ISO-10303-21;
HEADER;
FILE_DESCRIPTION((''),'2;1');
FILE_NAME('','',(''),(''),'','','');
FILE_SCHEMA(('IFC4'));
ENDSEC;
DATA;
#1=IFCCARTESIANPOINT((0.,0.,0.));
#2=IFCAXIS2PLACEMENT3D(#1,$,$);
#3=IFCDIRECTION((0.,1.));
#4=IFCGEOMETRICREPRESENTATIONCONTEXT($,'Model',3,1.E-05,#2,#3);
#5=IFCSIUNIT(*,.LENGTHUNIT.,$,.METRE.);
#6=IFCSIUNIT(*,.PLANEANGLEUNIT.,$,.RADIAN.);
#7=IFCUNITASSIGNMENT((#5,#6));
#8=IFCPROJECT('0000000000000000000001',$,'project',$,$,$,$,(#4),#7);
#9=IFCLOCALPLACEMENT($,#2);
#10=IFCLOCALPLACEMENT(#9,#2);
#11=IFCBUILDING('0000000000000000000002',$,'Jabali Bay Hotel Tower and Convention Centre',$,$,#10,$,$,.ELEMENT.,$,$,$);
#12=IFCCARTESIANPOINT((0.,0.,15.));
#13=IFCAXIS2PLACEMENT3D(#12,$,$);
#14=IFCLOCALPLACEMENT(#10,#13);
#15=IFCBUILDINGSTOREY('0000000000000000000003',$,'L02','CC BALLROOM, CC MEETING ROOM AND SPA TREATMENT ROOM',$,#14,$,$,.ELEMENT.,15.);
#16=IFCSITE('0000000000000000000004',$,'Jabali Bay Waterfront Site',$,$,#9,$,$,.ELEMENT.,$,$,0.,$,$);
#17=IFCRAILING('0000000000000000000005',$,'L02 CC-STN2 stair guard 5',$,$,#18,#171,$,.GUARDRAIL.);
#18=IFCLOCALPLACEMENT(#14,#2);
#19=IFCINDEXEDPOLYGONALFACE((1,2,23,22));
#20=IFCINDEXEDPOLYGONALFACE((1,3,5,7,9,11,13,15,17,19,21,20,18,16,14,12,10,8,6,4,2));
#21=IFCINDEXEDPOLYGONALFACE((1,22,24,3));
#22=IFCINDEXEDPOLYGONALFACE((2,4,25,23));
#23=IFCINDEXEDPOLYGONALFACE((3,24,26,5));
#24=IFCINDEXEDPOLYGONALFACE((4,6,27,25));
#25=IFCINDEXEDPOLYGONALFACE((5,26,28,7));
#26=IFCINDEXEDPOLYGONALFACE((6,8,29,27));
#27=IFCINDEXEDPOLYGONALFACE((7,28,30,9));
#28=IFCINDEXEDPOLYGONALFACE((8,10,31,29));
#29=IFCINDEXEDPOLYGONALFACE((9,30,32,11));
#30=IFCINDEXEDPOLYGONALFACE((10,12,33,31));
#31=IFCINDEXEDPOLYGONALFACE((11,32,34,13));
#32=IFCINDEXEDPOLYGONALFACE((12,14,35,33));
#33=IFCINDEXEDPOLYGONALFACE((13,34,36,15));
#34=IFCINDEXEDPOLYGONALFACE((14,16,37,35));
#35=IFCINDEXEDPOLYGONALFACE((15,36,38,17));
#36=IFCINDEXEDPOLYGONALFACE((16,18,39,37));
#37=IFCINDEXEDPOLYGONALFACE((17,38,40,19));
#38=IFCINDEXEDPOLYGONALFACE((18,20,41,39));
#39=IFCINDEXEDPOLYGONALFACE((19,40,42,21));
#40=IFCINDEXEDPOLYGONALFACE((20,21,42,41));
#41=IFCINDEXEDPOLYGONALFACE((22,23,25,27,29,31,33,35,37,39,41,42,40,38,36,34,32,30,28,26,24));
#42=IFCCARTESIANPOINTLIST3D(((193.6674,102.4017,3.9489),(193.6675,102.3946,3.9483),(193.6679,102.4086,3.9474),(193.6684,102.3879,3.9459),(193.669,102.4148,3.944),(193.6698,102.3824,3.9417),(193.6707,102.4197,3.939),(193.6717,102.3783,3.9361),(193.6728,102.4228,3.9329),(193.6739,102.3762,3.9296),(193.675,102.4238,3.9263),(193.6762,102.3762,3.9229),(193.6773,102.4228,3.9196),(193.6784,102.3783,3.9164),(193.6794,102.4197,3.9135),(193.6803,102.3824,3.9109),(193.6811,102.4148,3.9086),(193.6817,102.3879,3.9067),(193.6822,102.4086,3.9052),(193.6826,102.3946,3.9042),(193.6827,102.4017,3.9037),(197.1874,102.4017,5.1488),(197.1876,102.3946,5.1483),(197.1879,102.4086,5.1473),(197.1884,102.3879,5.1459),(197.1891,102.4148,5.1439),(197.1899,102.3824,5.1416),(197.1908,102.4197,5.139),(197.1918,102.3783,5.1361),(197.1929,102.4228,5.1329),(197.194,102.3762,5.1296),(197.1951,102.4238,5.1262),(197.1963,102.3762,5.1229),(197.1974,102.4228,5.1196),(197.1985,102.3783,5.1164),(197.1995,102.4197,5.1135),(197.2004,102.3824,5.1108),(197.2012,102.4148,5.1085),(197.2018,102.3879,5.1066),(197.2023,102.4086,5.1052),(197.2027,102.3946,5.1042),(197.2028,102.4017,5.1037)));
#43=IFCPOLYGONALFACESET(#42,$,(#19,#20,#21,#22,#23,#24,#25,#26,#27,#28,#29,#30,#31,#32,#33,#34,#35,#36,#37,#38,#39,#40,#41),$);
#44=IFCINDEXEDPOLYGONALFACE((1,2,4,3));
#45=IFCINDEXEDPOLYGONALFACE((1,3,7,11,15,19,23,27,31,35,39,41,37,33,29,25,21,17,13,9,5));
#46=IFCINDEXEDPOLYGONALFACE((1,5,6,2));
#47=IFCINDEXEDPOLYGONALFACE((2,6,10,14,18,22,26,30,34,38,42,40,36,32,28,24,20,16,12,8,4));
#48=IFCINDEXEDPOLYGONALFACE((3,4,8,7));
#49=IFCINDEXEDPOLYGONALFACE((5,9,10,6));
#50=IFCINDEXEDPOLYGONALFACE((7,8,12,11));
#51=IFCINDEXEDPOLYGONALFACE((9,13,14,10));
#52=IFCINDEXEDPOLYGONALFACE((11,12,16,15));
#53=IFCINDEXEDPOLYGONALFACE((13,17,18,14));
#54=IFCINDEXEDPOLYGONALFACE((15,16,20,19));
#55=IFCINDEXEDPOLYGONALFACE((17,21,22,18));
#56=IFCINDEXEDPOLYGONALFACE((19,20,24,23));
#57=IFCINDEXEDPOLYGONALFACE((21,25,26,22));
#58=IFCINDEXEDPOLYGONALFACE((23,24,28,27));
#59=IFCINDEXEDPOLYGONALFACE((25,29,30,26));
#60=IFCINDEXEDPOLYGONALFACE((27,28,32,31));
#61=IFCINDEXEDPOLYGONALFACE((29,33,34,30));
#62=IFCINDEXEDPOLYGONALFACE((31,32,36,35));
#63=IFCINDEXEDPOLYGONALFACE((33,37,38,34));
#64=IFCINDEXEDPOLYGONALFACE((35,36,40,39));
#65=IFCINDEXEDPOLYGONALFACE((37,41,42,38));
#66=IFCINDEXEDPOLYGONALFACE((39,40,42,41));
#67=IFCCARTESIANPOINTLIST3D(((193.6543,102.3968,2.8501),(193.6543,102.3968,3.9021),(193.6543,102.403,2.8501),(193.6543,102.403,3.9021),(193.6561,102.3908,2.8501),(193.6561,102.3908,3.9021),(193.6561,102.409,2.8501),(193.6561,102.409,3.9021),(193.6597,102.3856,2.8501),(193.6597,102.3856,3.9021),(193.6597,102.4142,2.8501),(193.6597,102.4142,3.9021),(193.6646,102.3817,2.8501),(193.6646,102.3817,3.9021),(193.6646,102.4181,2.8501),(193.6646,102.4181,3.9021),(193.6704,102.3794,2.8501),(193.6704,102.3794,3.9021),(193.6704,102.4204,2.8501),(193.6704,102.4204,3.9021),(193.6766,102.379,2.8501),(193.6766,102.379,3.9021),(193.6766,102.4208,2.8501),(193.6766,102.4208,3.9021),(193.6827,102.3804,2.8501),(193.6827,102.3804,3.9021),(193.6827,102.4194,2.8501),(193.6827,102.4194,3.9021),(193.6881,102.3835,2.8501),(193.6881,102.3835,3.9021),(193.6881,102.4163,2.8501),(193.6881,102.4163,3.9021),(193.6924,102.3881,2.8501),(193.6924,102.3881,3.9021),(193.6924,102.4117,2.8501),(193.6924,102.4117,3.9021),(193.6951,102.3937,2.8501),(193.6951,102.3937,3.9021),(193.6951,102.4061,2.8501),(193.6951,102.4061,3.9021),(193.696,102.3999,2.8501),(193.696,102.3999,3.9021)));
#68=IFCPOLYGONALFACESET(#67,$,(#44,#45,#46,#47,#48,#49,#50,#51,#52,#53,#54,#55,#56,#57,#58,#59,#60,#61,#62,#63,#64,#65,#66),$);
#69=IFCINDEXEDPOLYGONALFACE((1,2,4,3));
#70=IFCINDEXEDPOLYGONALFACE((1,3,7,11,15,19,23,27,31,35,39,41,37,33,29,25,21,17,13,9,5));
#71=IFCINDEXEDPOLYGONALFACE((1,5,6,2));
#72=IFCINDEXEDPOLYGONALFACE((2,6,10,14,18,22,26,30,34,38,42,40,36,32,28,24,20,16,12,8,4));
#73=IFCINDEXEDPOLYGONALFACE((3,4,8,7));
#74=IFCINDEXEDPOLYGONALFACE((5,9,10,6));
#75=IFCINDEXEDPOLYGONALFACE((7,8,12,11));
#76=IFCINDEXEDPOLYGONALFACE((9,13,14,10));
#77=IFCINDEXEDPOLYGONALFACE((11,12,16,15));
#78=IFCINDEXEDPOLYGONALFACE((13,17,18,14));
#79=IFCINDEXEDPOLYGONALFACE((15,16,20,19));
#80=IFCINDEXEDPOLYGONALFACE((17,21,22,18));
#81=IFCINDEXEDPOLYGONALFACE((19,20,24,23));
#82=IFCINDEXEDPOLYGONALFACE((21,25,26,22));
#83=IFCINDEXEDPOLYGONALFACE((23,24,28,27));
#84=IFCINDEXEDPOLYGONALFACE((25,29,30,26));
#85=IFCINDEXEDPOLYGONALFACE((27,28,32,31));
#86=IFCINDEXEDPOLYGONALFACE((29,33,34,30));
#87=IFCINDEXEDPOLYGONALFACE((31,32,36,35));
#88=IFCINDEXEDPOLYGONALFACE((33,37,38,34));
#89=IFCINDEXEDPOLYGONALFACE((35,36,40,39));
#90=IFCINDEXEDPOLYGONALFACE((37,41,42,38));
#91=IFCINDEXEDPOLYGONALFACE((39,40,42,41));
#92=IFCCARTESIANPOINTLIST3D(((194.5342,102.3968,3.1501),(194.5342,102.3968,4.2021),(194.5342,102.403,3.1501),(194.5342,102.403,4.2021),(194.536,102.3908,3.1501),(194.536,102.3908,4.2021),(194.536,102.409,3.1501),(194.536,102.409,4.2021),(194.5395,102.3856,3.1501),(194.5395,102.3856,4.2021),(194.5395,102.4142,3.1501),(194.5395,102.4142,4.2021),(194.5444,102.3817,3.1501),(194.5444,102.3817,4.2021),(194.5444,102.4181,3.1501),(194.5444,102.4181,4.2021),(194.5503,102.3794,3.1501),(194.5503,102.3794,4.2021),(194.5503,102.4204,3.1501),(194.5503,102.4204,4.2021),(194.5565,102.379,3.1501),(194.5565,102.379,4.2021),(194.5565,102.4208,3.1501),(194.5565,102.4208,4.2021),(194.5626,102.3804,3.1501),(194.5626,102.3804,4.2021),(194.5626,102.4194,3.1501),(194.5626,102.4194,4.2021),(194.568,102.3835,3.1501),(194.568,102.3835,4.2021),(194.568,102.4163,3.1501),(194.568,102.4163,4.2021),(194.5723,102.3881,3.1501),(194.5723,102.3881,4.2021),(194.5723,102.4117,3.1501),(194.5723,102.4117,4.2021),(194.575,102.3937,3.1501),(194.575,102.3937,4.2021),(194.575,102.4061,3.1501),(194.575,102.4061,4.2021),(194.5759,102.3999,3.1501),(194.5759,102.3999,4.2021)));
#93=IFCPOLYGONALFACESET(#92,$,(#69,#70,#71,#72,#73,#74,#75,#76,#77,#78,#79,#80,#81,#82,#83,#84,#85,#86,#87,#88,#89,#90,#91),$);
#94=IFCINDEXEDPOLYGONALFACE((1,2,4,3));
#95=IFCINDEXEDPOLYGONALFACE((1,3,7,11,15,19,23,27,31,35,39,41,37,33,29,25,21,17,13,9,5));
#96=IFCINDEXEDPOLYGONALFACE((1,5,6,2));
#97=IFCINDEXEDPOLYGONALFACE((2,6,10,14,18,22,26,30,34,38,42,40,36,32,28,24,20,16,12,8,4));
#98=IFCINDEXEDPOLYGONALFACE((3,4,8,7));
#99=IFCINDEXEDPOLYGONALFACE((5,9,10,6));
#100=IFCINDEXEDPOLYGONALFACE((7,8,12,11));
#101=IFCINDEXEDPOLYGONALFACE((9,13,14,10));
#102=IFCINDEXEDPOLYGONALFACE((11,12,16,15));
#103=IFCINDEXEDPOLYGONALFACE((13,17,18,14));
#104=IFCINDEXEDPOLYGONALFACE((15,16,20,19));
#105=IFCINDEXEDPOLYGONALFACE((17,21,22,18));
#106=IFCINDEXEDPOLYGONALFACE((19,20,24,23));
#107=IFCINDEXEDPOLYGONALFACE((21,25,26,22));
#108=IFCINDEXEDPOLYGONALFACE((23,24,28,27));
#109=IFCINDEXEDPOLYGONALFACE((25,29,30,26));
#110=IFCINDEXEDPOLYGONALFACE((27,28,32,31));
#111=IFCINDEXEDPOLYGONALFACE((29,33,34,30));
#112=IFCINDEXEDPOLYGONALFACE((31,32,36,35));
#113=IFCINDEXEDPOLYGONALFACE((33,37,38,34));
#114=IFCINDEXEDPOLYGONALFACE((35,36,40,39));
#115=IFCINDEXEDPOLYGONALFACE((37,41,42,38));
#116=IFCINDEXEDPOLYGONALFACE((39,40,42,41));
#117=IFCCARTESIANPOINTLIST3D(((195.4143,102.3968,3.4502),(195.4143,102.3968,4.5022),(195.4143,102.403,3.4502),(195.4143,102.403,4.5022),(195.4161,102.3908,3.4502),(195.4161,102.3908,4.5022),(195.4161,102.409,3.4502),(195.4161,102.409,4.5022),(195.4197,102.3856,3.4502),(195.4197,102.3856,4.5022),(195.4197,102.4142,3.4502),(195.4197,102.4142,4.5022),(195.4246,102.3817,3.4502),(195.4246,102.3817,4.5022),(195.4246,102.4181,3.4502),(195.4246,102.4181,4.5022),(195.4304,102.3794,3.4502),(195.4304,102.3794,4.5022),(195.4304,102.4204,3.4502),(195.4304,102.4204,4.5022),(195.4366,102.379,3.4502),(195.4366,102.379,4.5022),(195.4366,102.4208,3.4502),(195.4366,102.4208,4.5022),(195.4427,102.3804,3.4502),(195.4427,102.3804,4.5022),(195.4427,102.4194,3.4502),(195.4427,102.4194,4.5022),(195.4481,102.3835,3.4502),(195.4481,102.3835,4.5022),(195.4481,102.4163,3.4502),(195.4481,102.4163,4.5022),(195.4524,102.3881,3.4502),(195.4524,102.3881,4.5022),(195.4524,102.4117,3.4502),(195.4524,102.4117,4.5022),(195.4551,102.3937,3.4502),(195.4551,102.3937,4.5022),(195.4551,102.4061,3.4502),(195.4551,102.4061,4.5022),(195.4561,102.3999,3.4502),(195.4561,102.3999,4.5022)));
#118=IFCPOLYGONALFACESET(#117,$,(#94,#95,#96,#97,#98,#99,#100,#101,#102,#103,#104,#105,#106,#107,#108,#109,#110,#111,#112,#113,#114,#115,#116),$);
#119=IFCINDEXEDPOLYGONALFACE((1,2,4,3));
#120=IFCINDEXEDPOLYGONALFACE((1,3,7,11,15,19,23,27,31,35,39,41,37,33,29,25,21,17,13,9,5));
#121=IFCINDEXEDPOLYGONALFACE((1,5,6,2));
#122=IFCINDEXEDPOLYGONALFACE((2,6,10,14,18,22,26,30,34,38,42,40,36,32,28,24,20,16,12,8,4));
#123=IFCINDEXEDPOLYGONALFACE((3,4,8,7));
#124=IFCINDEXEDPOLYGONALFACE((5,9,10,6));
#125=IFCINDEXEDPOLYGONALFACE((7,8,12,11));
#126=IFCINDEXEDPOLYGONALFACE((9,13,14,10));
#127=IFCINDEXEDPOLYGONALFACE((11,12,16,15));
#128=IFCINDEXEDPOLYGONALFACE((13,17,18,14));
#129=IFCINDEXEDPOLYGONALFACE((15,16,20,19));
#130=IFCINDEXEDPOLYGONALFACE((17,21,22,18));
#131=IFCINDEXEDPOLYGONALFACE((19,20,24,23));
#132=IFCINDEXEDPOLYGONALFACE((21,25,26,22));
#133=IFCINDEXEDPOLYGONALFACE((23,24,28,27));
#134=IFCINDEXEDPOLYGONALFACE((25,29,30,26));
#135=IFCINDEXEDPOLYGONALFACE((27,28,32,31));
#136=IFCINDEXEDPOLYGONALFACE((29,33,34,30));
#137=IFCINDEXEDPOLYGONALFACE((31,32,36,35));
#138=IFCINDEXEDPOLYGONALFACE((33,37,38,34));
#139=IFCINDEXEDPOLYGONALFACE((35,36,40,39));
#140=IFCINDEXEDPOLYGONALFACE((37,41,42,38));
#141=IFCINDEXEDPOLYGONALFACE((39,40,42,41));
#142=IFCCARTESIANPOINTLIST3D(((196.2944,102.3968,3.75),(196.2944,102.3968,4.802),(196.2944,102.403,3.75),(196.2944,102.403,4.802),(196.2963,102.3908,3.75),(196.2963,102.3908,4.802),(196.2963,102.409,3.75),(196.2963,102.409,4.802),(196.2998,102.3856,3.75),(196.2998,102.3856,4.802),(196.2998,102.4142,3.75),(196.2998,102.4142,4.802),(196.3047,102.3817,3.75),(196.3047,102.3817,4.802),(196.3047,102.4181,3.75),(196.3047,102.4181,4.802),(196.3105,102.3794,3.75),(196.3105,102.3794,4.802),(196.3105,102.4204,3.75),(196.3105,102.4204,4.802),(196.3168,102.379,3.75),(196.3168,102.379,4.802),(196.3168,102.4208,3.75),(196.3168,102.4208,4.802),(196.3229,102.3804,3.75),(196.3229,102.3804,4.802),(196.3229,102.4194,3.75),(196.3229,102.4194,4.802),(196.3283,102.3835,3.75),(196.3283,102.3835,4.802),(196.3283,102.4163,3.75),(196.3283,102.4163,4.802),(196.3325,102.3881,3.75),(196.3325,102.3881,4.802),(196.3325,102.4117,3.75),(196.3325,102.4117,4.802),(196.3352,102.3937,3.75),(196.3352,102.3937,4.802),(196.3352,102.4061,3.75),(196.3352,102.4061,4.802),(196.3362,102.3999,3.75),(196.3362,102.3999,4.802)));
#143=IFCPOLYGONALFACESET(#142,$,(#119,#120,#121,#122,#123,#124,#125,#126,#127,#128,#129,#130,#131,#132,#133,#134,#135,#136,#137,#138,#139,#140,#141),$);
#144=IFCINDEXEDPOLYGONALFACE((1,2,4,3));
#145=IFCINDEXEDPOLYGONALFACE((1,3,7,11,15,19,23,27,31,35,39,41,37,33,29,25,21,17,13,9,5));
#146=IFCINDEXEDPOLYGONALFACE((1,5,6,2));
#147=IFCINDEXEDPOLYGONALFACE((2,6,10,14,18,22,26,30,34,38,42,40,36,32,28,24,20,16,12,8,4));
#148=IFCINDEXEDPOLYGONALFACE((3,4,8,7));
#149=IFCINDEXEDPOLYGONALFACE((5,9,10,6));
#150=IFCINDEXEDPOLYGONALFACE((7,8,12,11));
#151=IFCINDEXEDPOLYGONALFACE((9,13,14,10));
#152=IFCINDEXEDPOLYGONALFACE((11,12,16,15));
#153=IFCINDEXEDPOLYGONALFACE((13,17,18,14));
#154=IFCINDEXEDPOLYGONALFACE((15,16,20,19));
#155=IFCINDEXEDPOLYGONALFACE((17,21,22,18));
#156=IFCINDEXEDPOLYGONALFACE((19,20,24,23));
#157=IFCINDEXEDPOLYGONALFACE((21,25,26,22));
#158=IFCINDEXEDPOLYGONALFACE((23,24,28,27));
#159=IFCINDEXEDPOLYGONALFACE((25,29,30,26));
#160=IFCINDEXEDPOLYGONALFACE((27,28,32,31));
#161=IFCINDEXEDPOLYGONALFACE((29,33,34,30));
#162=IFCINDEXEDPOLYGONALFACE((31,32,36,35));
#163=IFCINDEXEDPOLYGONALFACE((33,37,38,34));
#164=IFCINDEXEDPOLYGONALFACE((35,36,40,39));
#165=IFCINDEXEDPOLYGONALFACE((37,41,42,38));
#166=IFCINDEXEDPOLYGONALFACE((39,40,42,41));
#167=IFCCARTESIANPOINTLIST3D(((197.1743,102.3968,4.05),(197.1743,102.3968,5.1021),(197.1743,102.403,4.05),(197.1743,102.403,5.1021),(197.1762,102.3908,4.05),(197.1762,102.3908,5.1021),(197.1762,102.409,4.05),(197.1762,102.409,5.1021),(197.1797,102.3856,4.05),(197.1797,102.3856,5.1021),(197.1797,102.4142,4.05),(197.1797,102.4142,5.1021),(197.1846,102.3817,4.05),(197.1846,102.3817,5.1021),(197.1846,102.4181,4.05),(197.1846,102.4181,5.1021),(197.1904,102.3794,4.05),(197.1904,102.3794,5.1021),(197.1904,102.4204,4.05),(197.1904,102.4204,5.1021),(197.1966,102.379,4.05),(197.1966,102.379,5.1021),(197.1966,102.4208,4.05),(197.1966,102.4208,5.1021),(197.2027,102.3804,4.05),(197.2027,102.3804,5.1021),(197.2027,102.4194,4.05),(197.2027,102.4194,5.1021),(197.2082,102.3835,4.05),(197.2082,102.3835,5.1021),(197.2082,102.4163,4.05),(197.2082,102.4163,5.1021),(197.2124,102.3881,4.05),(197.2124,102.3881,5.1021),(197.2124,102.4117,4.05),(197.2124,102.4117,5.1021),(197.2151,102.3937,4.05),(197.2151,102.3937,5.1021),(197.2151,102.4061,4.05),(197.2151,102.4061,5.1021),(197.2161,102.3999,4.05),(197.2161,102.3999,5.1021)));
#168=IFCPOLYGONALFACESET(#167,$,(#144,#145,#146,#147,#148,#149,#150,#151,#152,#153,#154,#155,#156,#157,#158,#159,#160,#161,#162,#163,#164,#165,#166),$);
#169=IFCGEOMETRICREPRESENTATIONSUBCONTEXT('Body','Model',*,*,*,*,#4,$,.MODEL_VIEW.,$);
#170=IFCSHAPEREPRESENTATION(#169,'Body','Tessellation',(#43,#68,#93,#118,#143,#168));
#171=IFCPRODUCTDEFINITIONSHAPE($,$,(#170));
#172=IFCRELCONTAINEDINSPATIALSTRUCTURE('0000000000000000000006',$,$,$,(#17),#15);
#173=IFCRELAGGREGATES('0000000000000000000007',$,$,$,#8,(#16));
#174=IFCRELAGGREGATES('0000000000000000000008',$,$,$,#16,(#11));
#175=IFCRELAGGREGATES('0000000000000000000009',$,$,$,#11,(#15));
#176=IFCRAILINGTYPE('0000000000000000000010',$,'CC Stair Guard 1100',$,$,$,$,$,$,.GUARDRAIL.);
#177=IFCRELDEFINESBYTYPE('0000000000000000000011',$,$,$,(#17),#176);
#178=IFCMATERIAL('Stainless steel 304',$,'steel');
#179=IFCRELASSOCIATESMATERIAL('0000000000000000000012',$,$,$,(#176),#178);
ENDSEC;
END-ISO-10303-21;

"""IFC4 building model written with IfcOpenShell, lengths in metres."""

from ifc_helpers import new_model, si_unit, direction, frame, origin, origin_2d, place, context, subcontext, project, spatial, circle, extrude, material, type_object, element, save


model = new_model("IFC4")

# Units and contexts
model_context = context("Model", 3, precision=1e-05, world=origin(), true_north=direction((0.0, 1.0)))
body_context = subcontext(model_context, "Body", "Model", "MODEL_VIEW")
ifc_project = project(units=[si_unit("LENGTHUNIT", "METRE"), si_unit("PLANEANGLEUNIT", "RADIAN")], contexts=[model_context])

# Site, building, storey
site_placement = place(None, origin())
site = spatial("IfcSite", under=ifc_project, at=site_placement, Name="Jabali Bay Waterfront Site", CompositionType="ELEMENT", RefElevation=0.0)
building_placement = place(site_placement, origin())
building = spatial("IfcBuilding", under=site, at=building_placement, Name="Jabali Bay Hotel Tower and Convention Centre", CompositionType="ELEMENT")
storey_placement = place(building_placement, frame((0.0, 0.0, 15.0)))
storey = spatial("IfcBuildingStorey", under=building, at=storey_placement, Name="L02", Description="CC BALLROOM, CC MEETING ROOM AND SPA TREATMENT ROOM", CompositionType="ELEMENT", Elevation=15.0)

# Railing
ifc_material_1 = material(Name="Stainless steel 304", Category="steel")
railing_type_1 = type_object("IfcRailingType", Name="CC Stair Guard 1100", PredefinedType="GUARDRAIL", material=ifc_material_1)
railing_1_placement = place(storey_placement, frame((193.675, 102.3999, 2.8501)))
element("IfcRailing", 1, at=railing_1_placement, inside=storey, type_object=railing_type_1, Name="L02 CC-STN2 stair guard 5", PredefinedType="GUARDRAIL", context=body_context, shape_type="SweptSolid", body=[
    extrude(circle(Radius=0.0239, at=origin_2d()), frame((0.0, 0.0, 1.0762), z_axis=(0.946515, 0.0, 0.322661), x_axis=(0.0, 1.0, 0.0)), (0.0, 0.0, 1.0), 3.719),
    extrude(circle(Radius=0.021, at=origin_2d()), origin(), (0.0, 0.0, 1.0), 1.052),
    extrude(circle(Radius=0.021, at=origin_2d()), frame((0.8799, 0.0, 0.3)), (0.0, 0.0, 1.0), 1.052),
    extrude(circle(Radius=0.021, at=origin_2d()), frame((1.76, 0.0, 0.6001)), (0.0, 0.0, 1.0), 1.052),
    extrude(circle(Radius=0.021, at=origin_2d()), frame((2.6401, 0.0, 0.8999)), (0.0, 0.0, 1.0), 1.052),
    extrude(circle(Radius=0.021, at=origin_2d()), frame((3.52, 0.0, 1.2)), (0.0, 0.0, 1.0), 1.052),
])

save(model, "model.ifc")
